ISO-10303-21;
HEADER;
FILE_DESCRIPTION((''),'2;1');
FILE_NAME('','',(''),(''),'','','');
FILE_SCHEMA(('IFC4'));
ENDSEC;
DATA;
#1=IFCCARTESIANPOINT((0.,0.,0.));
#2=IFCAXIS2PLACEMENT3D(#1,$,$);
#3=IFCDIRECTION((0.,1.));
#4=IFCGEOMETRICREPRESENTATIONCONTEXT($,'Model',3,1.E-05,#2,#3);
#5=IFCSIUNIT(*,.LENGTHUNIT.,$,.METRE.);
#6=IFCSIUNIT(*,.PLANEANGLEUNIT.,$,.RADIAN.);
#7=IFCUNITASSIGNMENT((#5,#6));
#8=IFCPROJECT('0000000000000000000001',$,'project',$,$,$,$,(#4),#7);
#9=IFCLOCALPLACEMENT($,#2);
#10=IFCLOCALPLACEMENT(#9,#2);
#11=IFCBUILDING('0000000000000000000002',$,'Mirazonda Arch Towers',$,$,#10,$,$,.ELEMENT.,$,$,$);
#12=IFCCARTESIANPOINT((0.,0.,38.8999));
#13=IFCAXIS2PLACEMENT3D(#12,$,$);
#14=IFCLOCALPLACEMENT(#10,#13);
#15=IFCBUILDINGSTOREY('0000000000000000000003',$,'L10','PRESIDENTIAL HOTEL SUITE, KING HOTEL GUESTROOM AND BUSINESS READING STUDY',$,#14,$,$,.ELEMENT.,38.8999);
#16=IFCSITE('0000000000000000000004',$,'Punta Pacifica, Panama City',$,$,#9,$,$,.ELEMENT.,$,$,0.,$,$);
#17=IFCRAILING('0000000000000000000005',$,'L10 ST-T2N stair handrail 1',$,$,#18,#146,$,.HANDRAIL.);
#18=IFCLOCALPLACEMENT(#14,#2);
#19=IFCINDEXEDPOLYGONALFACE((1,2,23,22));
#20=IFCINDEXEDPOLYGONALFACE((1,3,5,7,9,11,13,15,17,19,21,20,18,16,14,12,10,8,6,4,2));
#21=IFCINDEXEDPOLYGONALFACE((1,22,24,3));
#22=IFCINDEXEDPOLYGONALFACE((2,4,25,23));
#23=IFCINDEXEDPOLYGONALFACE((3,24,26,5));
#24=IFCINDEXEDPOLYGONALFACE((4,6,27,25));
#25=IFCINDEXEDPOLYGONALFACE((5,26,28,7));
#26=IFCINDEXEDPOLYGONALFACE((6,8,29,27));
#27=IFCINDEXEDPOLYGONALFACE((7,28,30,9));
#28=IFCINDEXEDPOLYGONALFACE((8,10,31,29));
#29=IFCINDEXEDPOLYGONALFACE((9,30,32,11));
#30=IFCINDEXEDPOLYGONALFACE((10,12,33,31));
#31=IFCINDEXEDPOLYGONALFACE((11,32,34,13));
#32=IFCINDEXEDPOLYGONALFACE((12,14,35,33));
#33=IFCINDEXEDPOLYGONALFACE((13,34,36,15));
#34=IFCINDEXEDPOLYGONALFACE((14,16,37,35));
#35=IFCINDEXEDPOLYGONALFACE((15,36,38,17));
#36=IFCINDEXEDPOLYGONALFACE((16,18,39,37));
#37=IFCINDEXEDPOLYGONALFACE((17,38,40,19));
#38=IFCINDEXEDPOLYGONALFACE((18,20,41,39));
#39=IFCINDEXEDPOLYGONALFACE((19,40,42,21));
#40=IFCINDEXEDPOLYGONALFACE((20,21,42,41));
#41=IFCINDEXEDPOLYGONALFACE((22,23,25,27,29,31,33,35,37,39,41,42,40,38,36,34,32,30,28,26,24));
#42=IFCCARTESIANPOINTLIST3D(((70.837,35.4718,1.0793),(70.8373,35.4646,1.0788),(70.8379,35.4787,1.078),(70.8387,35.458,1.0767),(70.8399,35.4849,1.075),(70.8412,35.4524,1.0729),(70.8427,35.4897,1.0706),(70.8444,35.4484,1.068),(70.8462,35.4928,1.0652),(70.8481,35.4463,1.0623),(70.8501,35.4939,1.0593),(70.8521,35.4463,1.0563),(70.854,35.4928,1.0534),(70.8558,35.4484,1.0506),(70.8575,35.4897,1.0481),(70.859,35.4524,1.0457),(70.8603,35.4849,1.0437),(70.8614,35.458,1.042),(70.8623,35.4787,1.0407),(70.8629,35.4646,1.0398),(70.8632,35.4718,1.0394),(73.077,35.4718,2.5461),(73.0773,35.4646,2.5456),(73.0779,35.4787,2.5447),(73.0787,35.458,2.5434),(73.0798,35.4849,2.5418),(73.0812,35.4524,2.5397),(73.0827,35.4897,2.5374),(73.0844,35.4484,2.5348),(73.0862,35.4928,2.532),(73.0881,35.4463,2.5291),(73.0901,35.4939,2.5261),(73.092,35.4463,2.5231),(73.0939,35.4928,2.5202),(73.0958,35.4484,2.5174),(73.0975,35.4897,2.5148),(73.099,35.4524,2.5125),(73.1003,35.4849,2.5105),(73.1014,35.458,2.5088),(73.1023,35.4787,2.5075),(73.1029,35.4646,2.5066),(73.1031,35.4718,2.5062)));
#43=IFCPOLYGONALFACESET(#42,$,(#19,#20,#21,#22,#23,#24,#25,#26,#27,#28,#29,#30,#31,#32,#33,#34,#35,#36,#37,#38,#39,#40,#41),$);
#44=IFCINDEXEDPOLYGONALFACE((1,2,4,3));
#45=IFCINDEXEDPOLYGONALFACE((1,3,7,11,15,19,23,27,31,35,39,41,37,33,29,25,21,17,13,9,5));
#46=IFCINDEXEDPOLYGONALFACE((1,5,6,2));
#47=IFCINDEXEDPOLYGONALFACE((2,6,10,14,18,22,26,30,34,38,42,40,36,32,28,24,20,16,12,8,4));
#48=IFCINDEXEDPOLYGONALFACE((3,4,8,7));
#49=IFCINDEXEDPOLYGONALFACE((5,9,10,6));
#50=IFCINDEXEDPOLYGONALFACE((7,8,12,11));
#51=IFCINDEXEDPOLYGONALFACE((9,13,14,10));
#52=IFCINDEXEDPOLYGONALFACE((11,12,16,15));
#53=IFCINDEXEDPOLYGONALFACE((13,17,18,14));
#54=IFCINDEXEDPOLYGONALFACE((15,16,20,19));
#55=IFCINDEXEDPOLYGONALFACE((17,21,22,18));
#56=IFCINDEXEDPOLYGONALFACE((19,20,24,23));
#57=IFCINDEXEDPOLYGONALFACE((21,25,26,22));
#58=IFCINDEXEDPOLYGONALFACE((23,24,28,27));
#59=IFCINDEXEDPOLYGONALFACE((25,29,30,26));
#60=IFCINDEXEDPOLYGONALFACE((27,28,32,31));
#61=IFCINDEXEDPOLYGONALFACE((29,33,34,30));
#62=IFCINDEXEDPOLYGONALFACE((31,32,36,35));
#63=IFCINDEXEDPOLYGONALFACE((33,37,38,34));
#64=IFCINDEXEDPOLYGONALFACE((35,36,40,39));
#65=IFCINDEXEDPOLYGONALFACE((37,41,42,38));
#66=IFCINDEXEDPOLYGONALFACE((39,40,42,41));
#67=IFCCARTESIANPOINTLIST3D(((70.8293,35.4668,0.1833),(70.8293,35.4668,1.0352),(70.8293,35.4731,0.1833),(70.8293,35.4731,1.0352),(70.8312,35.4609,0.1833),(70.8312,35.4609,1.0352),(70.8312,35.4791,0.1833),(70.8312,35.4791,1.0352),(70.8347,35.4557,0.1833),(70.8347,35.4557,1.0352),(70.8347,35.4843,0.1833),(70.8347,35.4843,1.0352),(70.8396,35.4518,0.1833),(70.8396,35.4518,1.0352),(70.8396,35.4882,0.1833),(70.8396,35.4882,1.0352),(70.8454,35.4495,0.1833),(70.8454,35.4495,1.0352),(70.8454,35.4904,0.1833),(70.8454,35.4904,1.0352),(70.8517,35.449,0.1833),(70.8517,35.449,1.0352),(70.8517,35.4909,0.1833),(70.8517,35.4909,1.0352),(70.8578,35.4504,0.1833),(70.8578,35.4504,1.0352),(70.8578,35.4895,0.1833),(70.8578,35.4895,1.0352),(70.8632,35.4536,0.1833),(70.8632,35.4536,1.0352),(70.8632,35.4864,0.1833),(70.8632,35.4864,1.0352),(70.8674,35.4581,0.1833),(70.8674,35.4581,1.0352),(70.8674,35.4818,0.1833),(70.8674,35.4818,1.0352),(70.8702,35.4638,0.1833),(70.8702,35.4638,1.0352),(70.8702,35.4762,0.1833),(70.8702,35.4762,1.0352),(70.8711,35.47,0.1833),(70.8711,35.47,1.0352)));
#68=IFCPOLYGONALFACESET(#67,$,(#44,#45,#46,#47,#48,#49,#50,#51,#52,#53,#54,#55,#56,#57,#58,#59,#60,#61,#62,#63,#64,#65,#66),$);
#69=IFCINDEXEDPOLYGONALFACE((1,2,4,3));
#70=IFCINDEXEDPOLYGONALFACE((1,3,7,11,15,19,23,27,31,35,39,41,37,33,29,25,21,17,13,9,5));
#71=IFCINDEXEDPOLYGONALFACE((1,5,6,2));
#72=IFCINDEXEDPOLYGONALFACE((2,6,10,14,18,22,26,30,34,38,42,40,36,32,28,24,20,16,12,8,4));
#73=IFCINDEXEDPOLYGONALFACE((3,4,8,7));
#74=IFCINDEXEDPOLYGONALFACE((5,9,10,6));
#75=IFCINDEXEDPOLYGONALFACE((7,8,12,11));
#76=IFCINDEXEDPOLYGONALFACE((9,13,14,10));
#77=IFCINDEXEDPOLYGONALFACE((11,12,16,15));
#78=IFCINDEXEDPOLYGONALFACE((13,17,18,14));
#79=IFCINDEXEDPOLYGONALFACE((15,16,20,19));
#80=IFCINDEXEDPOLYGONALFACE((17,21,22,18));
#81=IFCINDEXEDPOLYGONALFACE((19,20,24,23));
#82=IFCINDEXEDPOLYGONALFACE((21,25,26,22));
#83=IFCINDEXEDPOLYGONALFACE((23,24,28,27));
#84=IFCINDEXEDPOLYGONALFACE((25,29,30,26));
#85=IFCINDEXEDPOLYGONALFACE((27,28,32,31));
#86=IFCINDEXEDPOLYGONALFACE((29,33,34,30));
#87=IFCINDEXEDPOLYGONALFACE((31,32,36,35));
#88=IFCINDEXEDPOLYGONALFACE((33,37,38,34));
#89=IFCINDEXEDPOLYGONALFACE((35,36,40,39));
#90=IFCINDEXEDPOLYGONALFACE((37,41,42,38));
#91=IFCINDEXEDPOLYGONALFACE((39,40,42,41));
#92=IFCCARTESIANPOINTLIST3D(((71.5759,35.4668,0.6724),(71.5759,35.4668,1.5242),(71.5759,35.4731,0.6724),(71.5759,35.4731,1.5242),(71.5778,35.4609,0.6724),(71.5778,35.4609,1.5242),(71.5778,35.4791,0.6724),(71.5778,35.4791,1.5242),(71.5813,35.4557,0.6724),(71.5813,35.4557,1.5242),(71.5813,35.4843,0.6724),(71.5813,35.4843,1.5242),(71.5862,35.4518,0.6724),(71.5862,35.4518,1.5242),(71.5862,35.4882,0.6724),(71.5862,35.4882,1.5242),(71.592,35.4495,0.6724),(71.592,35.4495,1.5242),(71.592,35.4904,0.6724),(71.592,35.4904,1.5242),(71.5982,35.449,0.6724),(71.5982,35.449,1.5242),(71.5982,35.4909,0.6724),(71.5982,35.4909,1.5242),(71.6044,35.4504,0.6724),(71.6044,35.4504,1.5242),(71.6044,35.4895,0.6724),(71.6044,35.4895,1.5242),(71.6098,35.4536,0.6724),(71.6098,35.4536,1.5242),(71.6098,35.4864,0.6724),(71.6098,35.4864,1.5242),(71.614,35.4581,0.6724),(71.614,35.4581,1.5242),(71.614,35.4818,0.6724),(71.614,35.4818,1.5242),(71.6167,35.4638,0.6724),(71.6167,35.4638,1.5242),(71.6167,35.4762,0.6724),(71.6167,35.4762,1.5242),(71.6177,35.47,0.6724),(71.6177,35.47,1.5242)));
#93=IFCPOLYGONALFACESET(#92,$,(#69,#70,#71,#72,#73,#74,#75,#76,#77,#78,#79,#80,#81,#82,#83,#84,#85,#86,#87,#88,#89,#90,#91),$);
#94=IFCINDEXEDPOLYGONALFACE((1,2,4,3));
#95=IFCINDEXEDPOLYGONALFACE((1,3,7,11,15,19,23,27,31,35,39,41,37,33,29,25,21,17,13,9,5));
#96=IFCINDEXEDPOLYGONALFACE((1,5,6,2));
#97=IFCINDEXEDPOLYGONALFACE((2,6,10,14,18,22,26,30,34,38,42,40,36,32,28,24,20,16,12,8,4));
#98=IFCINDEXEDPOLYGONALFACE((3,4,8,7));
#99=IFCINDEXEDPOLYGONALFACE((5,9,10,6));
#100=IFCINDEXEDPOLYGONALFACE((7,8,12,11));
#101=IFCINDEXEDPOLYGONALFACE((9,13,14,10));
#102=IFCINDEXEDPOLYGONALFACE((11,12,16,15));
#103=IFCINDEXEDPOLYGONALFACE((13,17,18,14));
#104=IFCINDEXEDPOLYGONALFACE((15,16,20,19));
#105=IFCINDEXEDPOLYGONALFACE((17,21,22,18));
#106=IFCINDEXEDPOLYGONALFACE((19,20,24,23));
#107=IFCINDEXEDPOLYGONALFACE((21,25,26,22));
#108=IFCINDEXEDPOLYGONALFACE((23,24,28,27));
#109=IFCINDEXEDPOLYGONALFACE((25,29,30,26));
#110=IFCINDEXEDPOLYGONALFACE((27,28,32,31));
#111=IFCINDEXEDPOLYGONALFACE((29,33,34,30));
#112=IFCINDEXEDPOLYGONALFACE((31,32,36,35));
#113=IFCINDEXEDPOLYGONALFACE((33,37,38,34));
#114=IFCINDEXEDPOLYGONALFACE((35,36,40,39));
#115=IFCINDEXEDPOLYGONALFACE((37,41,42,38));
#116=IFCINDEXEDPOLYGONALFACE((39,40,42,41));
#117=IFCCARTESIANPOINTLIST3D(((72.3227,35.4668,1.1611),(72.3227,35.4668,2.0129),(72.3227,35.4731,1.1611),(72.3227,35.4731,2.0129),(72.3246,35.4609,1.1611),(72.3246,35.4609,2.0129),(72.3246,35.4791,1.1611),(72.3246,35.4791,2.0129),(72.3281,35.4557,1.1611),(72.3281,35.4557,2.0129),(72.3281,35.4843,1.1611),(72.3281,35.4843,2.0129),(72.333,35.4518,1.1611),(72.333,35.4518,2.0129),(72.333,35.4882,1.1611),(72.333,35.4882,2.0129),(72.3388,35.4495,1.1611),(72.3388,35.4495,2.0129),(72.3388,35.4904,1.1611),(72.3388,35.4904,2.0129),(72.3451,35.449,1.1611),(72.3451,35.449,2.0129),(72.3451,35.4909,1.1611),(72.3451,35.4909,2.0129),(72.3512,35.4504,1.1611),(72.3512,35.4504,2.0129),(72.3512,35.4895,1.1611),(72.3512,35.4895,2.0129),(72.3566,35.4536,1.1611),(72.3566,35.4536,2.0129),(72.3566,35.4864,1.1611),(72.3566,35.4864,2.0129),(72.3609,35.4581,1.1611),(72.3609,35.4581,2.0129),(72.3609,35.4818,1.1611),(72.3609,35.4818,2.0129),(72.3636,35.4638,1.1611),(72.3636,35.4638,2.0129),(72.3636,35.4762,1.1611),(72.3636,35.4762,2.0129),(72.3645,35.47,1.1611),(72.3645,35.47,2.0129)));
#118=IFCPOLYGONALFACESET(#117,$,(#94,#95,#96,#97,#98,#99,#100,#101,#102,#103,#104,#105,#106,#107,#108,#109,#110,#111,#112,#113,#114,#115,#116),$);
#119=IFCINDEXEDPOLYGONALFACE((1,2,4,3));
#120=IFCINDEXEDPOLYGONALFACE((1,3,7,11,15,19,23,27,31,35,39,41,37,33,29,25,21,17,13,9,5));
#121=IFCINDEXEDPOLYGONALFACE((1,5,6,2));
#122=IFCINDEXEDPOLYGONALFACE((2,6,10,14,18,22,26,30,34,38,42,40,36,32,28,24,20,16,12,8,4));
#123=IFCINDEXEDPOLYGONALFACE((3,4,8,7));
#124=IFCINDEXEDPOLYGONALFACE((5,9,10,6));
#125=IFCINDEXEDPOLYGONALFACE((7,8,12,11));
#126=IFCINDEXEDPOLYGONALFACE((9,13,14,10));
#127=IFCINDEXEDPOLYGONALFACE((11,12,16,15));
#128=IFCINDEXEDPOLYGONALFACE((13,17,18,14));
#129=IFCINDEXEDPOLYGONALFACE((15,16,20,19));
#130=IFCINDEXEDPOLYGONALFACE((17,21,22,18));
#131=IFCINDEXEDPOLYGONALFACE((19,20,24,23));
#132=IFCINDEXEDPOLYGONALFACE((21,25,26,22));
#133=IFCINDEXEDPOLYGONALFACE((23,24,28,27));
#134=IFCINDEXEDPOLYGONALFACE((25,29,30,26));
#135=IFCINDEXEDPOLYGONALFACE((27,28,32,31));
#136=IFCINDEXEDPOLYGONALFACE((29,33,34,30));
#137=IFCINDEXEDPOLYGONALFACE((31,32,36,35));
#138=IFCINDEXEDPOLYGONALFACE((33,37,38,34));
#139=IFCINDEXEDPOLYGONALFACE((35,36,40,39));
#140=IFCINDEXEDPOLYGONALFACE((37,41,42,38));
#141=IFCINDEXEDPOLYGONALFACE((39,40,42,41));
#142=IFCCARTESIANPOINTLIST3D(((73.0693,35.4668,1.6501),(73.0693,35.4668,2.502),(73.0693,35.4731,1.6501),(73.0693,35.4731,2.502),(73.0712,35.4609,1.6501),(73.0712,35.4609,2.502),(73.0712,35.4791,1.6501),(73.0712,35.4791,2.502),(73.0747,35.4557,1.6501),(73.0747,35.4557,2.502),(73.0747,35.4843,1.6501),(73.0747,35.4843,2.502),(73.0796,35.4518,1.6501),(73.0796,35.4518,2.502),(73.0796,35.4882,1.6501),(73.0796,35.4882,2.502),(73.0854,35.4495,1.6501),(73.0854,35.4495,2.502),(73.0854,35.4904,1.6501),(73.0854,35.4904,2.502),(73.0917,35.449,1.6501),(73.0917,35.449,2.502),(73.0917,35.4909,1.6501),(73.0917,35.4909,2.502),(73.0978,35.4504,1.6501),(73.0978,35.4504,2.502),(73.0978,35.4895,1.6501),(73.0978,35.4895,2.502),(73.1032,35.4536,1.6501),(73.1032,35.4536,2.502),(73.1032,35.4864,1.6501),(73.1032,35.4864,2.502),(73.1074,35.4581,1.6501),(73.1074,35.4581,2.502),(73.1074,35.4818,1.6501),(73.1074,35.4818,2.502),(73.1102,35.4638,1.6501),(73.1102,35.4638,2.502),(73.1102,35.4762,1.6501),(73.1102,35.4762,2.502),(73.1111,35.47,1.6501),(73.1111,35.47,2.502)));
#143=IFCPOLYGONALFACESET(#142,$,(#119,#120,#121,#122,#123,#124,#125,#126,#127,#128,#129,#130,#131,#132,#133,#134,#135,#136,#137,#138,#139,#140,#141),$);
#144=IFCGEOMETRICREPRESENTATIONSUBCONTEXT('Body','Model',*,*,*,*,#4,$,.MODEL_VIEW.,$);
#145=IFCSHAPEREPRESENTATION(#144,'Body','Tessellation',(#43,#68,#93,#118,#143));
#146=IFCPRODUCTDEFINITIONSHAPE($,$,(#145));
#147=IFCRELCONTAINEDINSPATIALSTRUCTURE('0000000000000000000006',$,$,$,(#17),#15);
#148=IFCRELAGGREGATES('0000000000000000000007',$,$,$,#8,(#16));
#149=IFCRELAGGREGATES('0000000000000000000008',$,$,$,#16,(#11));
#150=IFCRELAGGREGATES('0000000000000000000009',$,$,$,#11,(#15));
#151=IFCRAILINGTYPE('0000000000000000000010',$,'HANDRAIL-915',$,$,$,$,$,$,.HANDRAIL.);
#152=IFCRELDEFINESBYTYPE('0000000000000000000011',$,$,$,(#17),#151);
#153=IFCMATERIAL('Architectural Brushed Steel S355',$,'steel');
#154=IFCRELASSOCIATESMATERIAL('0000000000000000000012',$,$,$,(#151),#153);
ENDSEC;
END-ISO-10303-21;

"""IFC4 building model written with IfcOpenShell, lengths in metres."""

from ifc_helpers import new_model, si_unit, direction, frame, origin, origin_2d, place, context, subcontext, project, spatial, circle, extrude, material, type_object, element, save


model = new_model("IFC4")

# Units and contexts
model_context = context("Model", 3, precision=1e-05, world=origin(), true_north=direction((0.0, 1.0)))
body_context = subcontext(model_context, "Body", "Model", "MODEL_VIEW")
ifc_project = project(units=[si_unit("LENGTHUNIT", "METRE"), si_unit("PLANEANGLEUNIT", "RADIAN")], contexts=[model_context])

# Site, building, storey
site_placement = place(None, origin())
site = spatial("IfcSite", under=ifc_project, at=site_placement, Name="Punta Pacifica, Panama City", CompositionType="ELEMENT", RefElevation=0.0)
building_placement = place(site_placement, origin())
building = spatial("IfcBuilding", under=site, at=building_placement, Name="Mirazonda Arch Towers", CompositionType="ELEMENT")
storey_placement = place(building_placement, frame((0.0, 0.0, 38.8999)))
storey = spatial("IfcBuildingStorey", under=building, at=storey_placement, Name="L10", Description="PRESIDENTIAL HOTEL SUITE, KING HOTEL GUESTROOM AND BUSINESS READING STUDY", CompositionType="ELEMENT", Elevation=38.8999)

# Railing
ifc_material_1 = material(Name="Architectural Brushed Steel S355", Category="steel")
railing_type_1 = type_object("IfcRailingType", Name="HANDRAIL-915", PredefinedType="HANDRAIL", material=ifc_material_1)
railing_1_placement = place(storey_placement, frame((70.8501, 35.47, 0.1833)))
element("IfcRailing", 1, at=railing_1_placement, inside=storey, type_object=railing_type_1, Name="L10 ST-T2N stair handrail 1", PredefinedType="HANDRAIL", context=body_context, shape_type="SweptSolid", body=[
    extrude(circle(Radius=0.0239, at=origin_2d()), frame((0.0, 0.0, 0.876), z_axis=(0.836595, 0.0, 0.547822), x_axis=(0.0, 1.0, 0.0)), (0.0, 0.0, 1.0), 2.6775),
    extrude(circle(Radius=0.021, at=origin_2d()), origin(), (0.0, 0.0, 1.0), 0.8518),
    extrude(circle(Radius=0.021, at=origin_2d()), frame((0.7466, 0.0, 0.489)), (0.0, 0.0, 1.0), 0.8518),
    extrude(circle(Radius=0.021, at=origin_2d()), frame((1.4934, 0.0, 0.9778)), (0.0, 0.0, 1.0), 0.8518),
    extrude(circle(Radius=0.021, at=origin_2d()), frame((2.24, 0.0, 1.4668)), (0.0, 0.0, 1.0), 0.8518),
])

save(model, "model.ifc")
